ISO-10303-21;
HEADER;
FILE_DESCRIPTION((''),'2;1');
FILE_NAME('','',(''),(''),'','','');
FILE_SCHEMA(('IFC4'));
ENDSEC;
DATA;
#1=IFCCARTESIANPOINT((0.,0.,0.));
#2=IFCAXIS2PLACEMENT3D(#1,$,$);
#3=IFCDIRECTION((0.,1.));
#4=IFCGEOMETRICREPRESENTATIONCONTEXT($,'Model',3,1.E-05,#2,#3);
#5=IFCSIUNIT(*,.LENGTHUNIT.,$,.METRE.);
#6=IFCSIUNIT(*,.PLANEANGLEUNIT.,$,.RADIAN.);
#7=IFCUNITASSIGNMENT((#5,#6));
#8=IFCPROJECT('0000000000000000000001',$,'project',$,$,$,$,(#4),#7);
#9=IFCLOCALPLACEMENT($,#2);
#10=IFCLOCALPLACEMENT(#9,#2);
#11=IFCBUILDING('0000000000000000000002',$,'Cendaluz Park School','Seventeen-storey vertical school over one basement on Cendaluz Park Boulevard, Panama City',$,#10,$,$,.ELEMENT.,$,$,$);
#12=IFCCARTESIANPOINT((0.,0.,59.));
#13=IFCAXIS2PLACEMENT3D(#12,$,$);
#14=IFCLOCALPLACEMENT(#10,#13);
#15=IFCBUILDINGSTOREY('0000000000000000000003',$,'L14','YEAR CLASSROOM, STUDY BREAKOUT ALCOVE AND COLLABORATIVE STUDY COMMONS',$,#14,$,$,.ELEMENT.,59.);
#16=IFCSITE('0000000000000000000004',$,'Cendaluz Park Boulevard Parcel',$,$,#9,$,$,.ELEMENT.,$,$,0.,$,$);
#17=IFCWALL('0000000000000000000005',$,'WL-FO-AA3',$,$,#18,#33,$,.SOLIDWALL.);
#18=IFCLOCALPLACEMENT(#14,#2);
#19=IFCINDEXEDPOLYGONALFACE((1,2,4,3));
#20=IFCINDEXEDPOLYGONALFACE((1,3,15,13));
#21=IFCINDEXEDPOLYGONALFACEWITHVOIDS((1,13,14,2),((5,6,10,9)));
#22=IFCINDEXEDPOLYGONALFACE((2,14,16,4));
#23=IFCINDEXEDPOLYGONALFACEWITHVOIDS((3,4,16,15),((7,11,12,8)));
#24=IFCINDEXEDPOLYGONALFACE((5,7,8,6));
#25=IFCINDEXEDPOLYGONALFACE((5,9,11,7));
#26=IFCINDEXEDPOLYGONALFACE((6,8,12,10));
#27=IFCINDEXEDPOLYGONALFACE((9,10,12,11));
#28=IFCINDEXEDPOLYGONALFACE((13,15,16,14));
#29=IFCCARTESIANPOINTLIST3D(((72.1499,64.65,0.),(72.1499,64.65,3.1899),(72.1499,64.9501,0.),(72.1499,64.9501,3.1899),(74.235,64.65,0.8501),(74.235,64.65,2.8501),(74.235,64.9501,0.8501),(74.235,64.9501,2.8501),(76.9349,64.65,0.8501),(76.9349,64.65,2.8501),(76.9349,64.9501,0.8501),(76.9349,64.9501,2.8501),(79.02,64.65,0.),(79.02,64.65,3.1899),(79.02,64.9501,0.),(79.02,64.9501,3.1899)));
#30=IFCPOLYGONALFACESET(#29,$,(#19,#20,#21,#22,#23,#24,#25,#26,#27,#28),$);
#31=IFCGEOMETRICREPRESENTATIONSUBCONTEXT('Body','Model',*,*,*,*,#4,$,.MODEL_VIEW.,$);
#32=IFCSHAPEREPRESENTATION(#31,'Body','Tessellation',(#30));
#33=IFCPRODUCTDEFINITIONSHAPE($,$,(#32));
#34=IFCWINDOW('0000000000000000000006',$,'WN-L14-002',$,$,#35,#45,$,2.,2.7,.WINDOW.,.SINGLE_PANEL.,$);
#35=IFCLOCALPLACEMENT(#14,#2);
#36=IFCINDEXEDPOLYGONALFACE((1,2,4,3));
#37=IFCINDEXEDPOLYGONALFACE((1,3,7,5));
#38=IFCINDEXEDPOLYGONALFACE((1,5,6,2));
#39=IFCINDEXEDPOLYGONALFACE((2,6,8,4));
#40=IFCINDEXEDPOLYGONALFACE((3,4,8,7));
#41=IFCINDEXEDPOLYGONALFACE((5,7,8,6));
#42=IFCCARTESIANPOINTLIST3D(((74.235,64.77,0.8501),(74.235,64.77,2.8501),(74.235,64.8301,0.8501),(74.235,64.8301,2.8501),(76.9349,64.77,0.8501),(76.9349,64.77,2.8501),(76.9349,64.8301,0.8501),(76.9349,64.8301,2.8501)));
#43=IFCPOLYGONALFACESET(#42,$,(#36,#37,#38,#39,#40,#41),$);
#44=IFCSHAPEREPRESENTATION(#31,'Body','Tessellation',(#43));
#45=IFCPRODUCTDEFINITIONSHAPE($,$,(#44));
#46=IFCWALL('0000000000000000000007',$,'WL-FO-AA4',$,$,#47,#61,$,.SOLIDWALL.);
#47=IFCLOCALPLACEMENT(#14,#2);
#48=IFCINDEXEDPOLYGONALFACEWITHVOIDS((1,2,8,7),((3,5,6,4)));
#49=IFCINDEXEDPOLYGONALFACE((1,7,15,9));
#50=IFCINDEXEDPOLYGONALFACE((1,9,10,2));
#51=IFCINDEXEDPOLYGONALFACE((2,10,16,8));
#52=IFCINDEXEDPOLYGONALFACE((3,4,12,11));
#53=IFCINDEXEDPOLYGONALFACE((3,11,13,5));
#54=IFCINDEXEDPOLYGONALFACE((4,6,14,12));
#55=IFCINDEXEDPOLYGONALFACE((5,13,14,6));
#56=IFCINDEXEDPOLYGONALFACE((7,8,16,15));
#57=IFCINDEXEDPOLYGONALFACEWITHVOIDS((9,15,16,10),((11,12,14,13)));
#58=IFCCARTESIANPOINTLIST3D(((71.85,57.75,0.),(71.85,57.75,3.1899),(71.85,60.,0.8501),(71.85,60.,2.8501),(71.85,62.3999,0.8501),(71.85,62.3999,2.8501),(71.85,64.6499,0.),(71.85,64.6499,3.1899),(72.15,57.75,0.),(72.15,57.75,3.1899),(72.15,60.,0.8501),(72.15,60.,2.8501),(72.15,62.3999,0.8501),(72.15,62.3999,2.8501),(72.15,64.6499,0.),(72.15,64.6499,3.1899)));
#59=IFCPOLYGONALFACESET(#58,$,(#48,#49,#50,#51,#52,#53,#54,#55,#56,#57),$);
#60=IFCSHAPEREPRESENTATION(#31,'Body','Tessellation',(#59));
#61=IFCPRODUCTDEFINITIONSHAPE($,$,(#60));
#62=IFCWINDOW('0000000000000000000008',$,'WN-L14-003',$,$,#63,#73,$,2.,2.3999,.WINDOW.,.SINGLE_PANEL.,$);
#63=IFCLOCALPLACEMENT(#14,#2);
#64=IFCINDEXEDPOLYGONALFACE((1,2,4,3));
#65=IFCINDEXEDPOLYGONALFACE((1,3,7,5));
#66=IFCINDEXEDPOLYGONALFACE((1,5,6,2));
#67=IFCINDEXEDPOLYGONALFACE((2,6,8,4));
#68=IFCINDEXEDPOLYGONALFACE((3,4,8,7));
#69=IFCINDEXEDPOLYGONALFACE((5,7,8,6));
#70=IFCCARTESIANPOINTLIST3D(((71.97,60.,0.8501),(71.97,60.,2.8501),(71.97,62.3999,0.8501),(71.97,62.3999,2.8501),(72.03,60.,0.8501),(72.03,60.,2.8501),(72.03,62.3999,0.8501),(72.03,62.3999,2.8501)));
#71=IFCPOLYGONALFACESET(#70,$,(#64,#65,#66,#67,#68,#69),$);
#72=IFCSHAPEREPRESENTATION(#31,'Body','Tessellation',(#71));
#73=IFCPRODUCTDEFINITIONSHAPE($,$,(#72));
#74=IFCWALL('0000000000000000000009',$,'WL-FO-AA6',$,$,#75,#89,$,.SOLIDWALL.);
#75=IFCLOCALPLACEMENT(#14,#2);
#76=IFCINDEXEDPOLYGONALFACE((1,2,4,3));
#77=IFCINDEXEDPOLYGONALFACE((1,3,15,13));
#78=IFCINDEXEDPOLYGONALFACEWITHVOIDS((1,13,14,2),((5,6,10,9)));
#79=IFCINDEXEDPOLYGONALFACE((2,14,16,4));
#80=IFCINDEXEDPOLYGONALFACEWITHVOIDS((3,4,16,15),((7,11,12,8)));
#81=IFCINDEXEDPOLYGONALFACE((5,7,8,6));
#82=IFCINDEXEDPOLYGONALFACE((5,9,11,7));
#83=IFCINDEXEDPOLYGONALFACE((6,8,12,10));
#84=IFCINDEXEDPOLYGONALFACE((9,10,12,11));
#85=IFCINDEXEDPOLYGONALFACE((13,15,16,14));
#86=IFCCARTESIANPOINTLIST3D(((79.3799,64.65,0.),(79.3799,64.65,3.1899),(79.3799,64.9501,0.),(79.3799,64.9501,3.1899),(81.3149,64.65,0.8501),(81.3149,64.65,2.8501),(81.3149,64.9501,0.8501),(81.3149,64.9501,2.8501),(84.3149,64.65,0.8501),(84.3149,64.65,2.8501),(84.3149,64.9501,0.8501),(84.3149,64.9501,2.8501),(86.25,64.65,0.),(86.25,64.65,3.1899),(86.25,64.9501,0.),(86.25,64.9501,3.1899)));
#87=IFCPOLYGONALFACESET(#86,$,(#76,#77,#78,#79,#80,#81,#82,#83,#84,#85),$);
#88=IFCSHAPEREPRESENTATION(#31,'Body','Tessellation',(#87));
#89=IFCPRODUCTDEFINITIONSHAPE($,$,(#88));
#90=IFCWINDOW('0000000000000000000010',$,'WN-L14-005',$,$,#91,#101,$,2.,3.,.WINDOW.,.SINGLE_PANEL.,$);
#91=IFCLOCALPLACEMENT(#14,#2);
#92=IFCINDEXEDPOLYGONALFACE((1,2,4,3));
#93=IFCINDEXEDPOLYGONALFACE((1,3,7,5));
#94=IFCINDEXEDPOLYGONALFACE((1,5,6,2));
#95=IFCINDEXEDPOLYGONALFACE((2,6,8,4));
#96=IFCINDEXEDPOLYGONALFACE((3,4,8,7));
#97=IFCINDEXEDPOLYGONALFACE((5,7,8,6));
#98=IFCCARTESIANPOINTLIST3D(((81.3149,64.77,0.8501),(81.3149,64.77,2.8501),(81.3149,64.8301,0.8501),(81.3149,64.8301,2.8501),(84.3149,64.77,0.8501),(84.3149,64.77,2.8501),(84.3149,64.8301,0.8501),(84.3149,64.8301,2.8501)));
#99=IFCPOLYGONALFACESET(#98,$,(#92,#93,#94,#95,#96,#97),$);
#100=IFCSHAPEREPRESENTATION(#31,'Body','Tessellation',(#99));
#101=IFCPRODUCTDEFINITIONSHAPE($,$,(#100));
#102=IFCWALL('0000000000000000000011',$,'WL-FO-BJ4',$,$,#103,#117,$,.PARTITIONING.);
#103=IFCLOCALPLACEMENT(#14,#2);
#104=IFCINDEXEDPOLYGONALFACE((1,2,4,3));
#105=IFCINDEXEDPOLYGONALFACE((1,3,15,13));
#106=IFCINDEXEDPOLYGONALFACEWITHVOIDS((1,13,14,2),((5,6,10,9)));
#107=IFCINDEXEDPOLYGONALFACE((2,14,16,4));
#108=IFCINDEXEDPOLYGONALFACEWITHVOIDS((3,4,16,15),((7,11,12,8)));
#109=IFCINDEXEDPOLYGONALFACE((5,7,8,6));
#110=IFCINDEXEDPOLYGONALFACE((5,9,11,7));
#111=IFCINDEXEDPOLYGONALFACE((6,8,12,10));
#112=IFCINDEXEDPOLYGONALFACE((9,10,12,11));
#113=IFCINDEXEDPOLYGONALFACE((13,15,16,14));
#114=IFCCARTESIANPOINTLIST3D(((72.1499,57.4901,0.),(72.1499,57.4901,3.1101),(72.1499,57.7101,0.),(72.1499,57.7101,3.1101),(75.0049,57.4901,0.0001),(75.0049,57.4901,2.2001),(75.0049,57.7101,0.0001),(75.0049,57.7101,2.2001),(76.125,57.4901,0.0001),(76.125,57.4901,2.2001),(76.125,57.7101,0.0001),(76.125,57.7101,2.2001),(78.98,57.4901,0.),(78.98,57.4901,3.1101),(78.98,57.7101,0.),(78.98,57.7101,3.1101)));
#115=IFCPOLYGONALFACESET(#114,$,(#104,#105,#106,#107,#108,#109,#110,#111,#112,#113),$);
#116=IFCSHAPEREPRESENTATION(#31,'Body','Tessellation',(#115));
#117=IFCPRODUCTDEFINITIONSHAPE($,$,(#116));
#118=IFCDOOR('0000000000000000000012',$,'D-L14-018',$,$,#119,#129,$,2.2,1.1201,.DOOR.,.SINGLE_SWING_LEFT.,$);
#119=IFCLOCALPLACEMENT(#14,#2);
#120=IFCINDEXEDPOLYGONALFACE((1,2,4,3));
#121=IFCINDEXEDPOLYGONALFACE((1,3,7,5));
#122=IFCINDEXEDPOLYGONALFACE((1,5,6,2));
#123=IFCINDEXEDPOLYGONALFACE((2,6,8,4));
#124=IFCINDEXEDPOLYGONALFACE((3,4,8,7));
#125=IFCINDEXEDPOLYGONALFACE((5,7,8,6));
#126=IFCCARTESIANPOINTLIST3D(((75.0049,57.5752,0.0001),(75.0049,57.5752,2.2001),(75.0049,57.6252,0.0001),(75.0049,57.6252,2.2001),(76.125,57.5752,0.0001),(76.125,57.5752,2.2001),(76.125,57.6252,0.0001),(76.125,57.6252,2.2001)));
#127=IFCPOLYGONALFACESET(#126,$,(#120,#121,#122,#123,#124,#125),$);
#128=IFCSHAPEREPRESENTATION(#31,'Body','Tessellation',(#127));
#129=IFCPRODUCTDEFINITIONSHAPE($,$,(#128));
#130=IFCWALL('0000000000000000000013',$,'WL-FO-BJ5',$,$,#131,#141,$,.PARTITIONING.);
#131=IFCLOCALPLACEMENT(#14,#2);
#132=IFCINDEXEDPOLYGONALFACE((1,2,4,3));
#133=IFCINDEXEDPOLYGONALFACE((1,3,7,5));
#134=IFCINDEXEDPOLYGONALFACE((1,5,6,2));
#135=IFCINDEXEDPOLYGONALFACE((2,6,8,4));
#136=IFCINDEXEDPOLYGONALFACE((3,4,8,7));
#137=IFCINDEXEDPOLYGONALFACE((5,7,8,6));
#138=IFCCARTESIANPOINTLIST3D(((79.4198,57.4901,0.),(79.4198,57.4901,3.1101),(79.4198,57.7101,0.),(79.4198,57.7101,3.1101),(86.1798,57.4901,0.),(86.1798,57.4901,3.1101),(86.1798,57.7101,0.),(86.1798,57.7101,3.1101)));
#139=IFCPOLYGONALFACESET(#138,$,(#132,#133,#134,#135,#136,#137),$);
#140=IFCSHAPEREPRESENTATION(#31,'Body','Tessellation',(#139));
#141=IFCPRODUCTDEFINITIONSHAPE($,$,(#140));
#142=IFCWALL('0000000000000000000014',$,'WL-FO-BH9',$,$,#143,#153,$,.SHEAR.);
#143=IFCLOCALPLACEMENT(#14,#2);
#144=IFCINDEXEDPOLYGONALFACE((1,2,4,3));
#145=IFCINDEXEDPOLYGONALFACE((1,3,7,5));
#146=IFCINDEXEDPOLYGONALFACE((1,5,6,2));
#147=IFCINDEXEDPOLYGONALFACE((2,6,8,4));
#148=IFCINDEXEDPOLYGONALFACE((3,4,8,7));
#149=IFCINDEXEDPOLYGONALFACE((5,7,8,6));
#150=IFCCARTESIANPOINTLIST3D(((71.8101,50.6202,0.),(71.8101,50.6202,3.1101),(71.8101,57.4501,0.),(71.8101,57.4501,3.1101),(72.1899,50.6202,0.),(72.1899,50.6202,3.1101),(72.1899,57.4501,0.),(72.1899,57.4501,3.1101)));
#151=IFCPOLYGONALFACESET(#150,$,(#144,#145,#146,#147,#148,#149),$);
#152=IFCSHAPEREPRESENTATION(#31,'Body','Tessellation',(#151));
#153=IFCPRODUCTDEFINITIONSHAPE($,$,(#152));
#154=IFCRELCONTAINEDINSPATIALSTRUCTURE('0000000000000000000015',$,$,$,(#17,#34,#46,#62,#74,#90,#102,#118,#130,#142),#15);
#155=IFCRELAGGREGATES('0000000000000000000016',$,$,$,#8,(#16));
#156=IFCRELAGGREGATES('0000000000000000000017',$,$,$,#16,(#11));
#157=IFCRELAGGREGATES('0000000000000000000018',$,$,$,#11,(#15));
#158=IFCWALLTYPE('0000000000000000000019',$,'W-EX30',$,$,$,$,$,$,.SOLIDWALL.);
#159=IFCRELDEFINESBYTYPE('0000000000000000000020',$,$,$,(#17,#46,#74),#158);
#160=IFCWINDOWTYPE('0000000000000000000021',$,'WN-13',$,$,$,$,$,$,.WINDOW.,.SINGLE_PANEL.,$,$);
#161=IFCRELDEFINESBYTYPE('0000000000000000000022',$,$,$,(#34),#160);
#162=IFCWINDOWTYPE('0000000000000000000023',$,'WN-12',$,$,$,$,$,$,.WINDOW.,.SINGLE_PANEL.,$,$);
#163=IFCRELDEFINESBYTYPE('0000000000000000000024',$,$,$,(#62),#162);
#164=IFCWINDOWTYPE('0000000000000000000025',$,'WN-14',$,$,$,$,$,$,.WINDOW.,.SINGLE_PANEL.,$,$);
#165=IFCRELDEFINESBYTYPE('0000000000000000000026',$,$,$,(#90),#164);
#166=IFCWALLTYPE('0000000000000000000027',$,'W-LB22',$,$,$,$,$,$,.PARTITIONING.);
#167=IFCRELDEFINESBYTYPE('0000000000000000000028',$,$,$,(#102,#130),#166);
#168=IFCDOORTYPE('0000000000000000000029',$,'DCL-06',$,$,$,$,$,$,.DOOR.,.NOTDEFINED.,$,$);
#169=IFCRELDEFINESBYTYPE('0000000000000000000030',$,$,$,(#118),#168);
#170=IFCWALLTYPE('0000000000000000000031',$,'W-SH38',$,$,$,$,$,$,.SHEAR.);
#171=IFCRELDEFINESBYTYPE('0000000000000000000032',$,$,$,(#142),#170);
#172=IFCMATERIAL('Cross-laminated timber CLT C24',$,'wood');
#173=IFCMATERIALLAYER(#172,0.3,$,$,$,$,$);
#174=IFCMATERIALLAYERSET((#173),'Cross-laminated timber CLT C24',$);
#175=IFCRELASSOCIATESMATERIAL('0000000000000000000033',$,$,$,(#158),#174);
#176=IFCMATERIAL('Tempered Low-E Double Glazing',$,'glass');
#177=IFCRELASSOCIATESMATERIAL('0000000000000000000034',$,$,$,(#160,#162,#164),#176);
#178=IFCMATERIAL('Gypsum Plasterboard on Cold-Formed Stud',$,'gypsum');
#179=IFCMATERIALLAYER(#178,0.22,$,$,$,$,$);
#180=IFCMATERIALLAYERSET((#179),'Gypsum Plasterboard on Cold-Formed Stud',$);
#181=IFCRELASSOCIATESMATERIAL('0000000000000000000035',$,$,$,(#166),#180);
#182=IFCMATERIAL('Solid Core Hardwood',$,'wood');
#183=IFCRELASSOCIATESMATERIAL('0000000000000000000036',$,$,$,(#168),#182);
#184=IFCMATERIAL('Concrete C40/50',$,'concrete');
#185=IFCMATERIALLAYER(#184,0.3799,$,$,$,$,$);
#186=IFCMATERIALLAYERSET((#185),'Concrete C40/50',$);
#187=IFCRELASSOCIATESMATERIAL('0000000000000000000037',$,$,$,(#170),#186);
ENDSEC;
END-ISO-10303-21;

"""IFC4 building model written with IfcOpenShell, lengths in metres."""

from ifc_helpers import new_model, si_unit, direction, frame, frame_2d, origin, place, context, subcontext, project, spatial, rectangle, extrude, material, layer, layer_set, type_object, element, fill, save


model = new_model("IFC4")

# Units and contexts
model_context = context("Model", 3, precision=1e-05, world=origin(), true_north=direction((0.0, 1.0)))
body_context = subcontext(model_context, "Body", "Model", "MODEL_VIEW")
ifc_project = project(units=[si_unit("LENGTHUNIT", "METRE"), si_unit("PLANEANGLEUNIT", "RADIAN")], contexts=[model_context])

# Site, building, storey
site_placement = place(None, origin())
site = spatial("IfcSite", under=ifc_project, at=site_placement, Name="Cendaluz Park Boulevard Parcel", CompositionType="ELEMENT", RefElevation=0.0)
building_placement = place(site_placement, origin())
building = spatial("IfcBuilding", under=site, at=building_placement, Name="Cendaluz Park School", Description="Seventeen-storey vertical school over one basement on Cendaluz Park Boulevard, Panama City", CompositionType="ELEMENT")
storey_placement = place(building_placement, frame((0.0, 0.0, 59.0)))
storey = spatial("IfcBuildingStorey", under=building, at=storey_placement, Name="L14", Description="YEAR CLASSROOM, STUDY BREAKOUT ALCOVE AND COLLABORATIVE STUDY COMMONS", CompositionType="ELEMENT", Elevation=59.0)

# Shared definitions
ifc_material_1 = material(Name="Gypsum Plasterboard on Cold-Formed Stud", Category="gypsum")

# Walls, openings, windows
ifc_material_2 = material(Name="Cross-laminated timber CLT C24", Category="wood")
ifc_layer_1 = layer(ifc_material_2, 0.3)
ifc_layer_set_1 = layer_set([ifc_layer_1], Name="Cross-laminated timber CLT C24")
wall_type_1 = type_object("IfcWallType", Name="W-EX30", PredefinedType="SOLIDWALL", material=ifc_layer_set_1)
wall_1_placement = place(storey_placement, frame((72.1499, 64.8, 0.0), z_axis=(0.0, 0.0, 1.0), x_axis=(1.0, 0.0, 0.0)))
wall_1 = element("IfcWall", 1, at=wall_1_placement, inside=storey, type_object=wall_type_1, Name="WL-FO-AA3", PredefinedType="SOLIDWALL", context=body_context, shape_type="SweptSolid", body=[
    extrude(rectangle(XDim=6.8701, YDim=0.3, at=frame_2d((3.4351, 0.0))), origin(), (0.0, 0.0, 1.0), 3.1899),
])
opening_1_placement = place(wall_1_placement, frame((2.085, 0.0, 0.8501)))
opening_1 = element("IfcOpeningElement", 2, at=opening_1_placement, cuts=wall_1, PredefinedType="OPENING", context=body_context, shape_type="SweptSolid", body=[
    extrude(rectangle(XDim=2.7, YDim=2.0, at=frame_2d((1.3501, 1.0))), frame((0.0, 0.1621, 0.0), z_axis=(0.0, -1.0, 0.0), x_axis=(1.0, 0.0, 0.0)), (0.0, 0.0, 1.0), 0.324),
])
ifc_material_3 = material(Name="Tempered Low-E Double Glazing", Category="glass")
window_type_1 = type_object("IfcWindowType", Name="WN-13", PartitioningType="SINGLE_PANEL", PredefinedType="WINDOW", material=ifc_material_3)
window_1_placement = place(opening_1_placement, origin())
window_1 = element("IfcWindow", 3, at=window_1_placement, inside=storey, type_object=window_type_1, Name="WN-L14-002", OverallHeight=2.0, OverallWidth=2.7, PartitioningType="SINGLE_PANEL", PredefinedType="WINDOW", context=body_context, shape_type="SweptSolid", body=[
    extrude(rectangle(XDim=2.7, YDim=2.0, at=frame_2d((1.3501, 1.0))), frame((0.0, 0.03, 0.0), z_axis=(0.0, -1.0, 0.0), x_axis=(1.0, 0.0, 0.0)), (0.0, 0.0, 1.0), 0.0601),
])
fill(opening_1, window_1)
wall_2_placement = place(storey_placement, frame((72.0, 57.75, 0.0), z_axis=(0.0, 0.0, 1.0), x_axis=(0.0, 1.0, 0.0)))
wall_2 = element("IfcWall", 4, at=wall_2_placement, inside=storey, type_object=wall_type_1, Name="WL-FO-AA4", PredefinedType="SOLIDWALL", context=body_context, shape_type="SweptSolid", body=[
    extrude(rectangle(XDim=6.8999, YDim=0.3, at=frame_2d((3.45, 0.0))), origin(), (0.0, 0.0, 1.0), 3.1899),
])
opening_2_placement = place(wall_2_placement, frame((2.25, 0.0, 0.8501)))
opening_2 = element("IfcOpeningElement", 5, at=opening_2_placement, cuts=wall_2, PredefinedType="OPENING", context=body_context, shape_type="SweptSolid", body=[
    extrude(rectangle(XDim=2.3999, YDim=2.0, at=frame_2d((1.2, 1.0))), frame((0.0, 0.1621, 0.0), z_axis=(0.0, -1.0, 0.0), x_axis=(1.0, 0.0, 0.0)), (0.0, 0.0, 1.0), 0.324),
])
window_type_2 = type_object("IfcWindowType", Name="WN-12", PartitioningType="SINGLE_PANEL", PredefinedType="WINDOW", material=ifc_material_3)
window_2_placement = place(opening_2_placement, origin())
window_2 = element("IfcWindow", 6, at=window_2_placement, inside=storey, type_object=window_type_2, Name="WN-L14-003", OverallHeight=2.0, OverallWidth=2.3999, PartitioningType="SINGLE_PANEL", PredefinedType="WINDOW", context=body_context, shape_type="SweptSolid", body=[
    extrude(rectangle(XDim=2.3999, YDim=2.0, at=frame_2d((1.2, 1.0))), frame((0.0, 0.03, 0.0), z_axis=(0.0, -1.0, 0.0), x_axis=(1.0, 0.0, 0.0)), (0.0, 0.0, 1.0), 0.0601),
])
fill(opening_2, window_2)
wall_3_placement = place(storey_placement, frame((79.3799, 64.8, 0.0), z_axis=(0.0, 0.0, 1.0), x_axis=(1.0, 0.0, 0.0)))
wall_3 = element("IfcWall", 7, at=wall_3_placement, inside=storey, type_object=wall_type_1, Name="WL-FO-AA6", PredefinedType="SOLIDWALL", context=body_context, shape_type="SweptSolid", body=[
    extrude(rectangle(XDim=6.8701, YDim=0.3, at=frame_2d((3.4351, 0.0))), origin(), (0.0, 0.0, 1.0), 3.1899),
])
opening_3_placement = place(wall_3_placement, frame((1.9351, 0.0, 0.8501)))
opening_3 = element("IfcOpeningElement", 8, at=opening_3_placement, cuts=wall_3, PredefinedType="OPENING", context=body_context, shape_type="SweptSolid", body=[
    extrude(rectangle(XDim=3.0, YDim=2.0, at=frame_2d((1.5, 1.0))), frame((0.0, 0.1621, 0.0), z_axis=(0.0, -1.0, 0.0), x_axis=(1.0, 0.0, 0.0)), (0.0, 0.0, 1.0), 0.324),
])
window_type_3 = type_object("IfcWindowType", Name="WN-14", PartitioningType="SINGLE_PANEL", PredefinedType="WINDOW", material=ifc_material_3)
window_3_placement = place(opening_3_placement, origin())
window_3 = element("IfcWindow", 9, at=window_3_placement, inside=storey, type_object=window_type_3, Name="WN-L14-005", OverallHeight=2.0, OverallWidth=3.0, PartitioningType="SINGLE_PANEL", PredefinedType="WINDOW", context=body_context, shape_type="SweptSolid", body=[
    extrude(rectangle(XDim=3.0, YDim=2.0, at=frame_2d((1.5, 1.0))), frame((0.0, 0.03, 0.0), z_axis=(0.0, -1.0, 0.0), x_axis=(1.0, 0.0, 0.0)), (0.0, 0.0, 1.0), 0.0601),
])
fill(opening_3, window_3)

# Wall, opening, door
ifc_layer_2 = layer(ifc_material_1, 0.22)
ifc_layer_set_2 = layer_set([ifc_layer_2], Name="Gypsum Plasterboard on Cold-Formed Stud")
wall_type_2 = type_object("IfcWallType", Name="W-LB22", PredefinedType="PARTITIONING", material=ifc_layer_set_2)
wall_4_placement = place(storey_placement, frame((72.1499, 57.6001, 0.0), z_axis=(0.0, 0.0, 1.0), x_axis=(1.0, 0.0, 0.0)))
wall_4 = element("IfcWall", 10, at=wall_4_placement, inside=storey, type_object=wall_type_2, Name="WL-FO-BJ4", PredefinedType="PARTITIONING", context=body_context, shape_type="SweptSolid", body=[
    extrude(rectangle(XDim=6.8301, YDim=0.22, at=frame_2d((3.415, 0.0))), origin(), (0.0, 0.0, 1.0), 3.1101),
])
opening_4_placement = place(wall_4_placement, frame((2.855, 0.0, 0.0)))
opening_4 = element("IfcOpeningElement", 11, at=opening_4_placement, cuts=wall_4, PredefinedType="OPENING", context=body_context, shape_type="SweptSolid", body=[
    extrude(rectangle(XDim=1.1201, YDim=2.2, at=frame_2d((0.5601, 1.1001))), frame((0.0, 0.1221, 0.0), z_axis=(0.0, -1.0, 0.0), x_axis=(1.0, 0.0, 0.0)), (0.0, 0.0, 1.0), 0.2439),
])
ifc_material_4 = material(Name="Solid Core Hardwood", Category="wood")
door_type = type_object("IfcDoorType", Name="DCL-06", OperationType="NOTDEFINED", PredefinedType="DOOR", material=ifc_material_4)
door_placement = place(opening_4_placement, frame((1.1201, 0.0, 0.0), z_axis=(0.0, 0.0, 1.0), x_axis=(-1.0, 0.0, 0.0)))
door = element("IfcDoor", 12, at=door_placement, inside=storey, type_object=door_type, Name="D-L14-018", OperationType="SINGLE_SWING_LEFT", OverallHeight=2.2, OverallWidth=1.1201, PredefinedType="DOOR", context=body_context, shape_type="SweptSolid", body=[
    extrude(rectangle(XDim=1.1201, YDim=2.2, at=frame_2d((0.5601, 1.1001))), frame((0.0, 0.0249, 0.0), z_axis=(0.0, -1.0, 0.0), x_axis=(1.0, 0.0, 0.0)), (0.0, 0.0, 1.0), 0.05),
])
fill(opening_4, door)

# Walls
wall_5_placement = place(storey_placement, frame((79.4199, 57.6001, 0.0), z_axis=(0.0, 0.0, 1.0), x_axis=(1.0, 0.0, 0.0)))
element("IfcWall", 13, at=wall_5_placement, inside=storey, type_object=wall_type_2, Name="WL-FO-BJ5", PredefinedType="PARTITIONING", context=body_context, shape_type="SweptSolid", body=[
    extrude(rectangle(XDim=6.76, YDim=0.22, at=frame_2d((3.3799, 0.0))), origin(), (0.0, 0.0, 1.0), 3.1101),
])
ifc_material_5 = material(Name="Concrete C40/50", Category="concrete")
ifc_layer_3 = layer(ifc_material_5, 0.3799)
ifc_layer_set_3 = layer_set([ifc_layer_3], Name="Concrete C40/50")
wall_type_3 = type_object("IfcWallType", Name="W-SH38", PredefinedType="SHEAR", material=ifc_layer_set_3)
wall_6_placement = place(storey_placement, frame((72.0, 50.6201, 0.0), z_axis=(0.0, 0.0, 1.0), x_axis=(0.0, 1.0, 0.0)))
element("IfcWall", 14, at=wall_6_placement, inside=storey, type_object=wall_type_3, Name="WL-FO-BH9", PredefinedType="SHEAR", context=body_context, shape_type="SweptSolid", body=[
    extrude(rectangle(XDim=6.8298, YDim=0.3799, at=frame_2d((3.415, 0.0))), origin(), (0.0, 0.0, 1.0), 3.1101),
])

save(model, "model.ifc")
